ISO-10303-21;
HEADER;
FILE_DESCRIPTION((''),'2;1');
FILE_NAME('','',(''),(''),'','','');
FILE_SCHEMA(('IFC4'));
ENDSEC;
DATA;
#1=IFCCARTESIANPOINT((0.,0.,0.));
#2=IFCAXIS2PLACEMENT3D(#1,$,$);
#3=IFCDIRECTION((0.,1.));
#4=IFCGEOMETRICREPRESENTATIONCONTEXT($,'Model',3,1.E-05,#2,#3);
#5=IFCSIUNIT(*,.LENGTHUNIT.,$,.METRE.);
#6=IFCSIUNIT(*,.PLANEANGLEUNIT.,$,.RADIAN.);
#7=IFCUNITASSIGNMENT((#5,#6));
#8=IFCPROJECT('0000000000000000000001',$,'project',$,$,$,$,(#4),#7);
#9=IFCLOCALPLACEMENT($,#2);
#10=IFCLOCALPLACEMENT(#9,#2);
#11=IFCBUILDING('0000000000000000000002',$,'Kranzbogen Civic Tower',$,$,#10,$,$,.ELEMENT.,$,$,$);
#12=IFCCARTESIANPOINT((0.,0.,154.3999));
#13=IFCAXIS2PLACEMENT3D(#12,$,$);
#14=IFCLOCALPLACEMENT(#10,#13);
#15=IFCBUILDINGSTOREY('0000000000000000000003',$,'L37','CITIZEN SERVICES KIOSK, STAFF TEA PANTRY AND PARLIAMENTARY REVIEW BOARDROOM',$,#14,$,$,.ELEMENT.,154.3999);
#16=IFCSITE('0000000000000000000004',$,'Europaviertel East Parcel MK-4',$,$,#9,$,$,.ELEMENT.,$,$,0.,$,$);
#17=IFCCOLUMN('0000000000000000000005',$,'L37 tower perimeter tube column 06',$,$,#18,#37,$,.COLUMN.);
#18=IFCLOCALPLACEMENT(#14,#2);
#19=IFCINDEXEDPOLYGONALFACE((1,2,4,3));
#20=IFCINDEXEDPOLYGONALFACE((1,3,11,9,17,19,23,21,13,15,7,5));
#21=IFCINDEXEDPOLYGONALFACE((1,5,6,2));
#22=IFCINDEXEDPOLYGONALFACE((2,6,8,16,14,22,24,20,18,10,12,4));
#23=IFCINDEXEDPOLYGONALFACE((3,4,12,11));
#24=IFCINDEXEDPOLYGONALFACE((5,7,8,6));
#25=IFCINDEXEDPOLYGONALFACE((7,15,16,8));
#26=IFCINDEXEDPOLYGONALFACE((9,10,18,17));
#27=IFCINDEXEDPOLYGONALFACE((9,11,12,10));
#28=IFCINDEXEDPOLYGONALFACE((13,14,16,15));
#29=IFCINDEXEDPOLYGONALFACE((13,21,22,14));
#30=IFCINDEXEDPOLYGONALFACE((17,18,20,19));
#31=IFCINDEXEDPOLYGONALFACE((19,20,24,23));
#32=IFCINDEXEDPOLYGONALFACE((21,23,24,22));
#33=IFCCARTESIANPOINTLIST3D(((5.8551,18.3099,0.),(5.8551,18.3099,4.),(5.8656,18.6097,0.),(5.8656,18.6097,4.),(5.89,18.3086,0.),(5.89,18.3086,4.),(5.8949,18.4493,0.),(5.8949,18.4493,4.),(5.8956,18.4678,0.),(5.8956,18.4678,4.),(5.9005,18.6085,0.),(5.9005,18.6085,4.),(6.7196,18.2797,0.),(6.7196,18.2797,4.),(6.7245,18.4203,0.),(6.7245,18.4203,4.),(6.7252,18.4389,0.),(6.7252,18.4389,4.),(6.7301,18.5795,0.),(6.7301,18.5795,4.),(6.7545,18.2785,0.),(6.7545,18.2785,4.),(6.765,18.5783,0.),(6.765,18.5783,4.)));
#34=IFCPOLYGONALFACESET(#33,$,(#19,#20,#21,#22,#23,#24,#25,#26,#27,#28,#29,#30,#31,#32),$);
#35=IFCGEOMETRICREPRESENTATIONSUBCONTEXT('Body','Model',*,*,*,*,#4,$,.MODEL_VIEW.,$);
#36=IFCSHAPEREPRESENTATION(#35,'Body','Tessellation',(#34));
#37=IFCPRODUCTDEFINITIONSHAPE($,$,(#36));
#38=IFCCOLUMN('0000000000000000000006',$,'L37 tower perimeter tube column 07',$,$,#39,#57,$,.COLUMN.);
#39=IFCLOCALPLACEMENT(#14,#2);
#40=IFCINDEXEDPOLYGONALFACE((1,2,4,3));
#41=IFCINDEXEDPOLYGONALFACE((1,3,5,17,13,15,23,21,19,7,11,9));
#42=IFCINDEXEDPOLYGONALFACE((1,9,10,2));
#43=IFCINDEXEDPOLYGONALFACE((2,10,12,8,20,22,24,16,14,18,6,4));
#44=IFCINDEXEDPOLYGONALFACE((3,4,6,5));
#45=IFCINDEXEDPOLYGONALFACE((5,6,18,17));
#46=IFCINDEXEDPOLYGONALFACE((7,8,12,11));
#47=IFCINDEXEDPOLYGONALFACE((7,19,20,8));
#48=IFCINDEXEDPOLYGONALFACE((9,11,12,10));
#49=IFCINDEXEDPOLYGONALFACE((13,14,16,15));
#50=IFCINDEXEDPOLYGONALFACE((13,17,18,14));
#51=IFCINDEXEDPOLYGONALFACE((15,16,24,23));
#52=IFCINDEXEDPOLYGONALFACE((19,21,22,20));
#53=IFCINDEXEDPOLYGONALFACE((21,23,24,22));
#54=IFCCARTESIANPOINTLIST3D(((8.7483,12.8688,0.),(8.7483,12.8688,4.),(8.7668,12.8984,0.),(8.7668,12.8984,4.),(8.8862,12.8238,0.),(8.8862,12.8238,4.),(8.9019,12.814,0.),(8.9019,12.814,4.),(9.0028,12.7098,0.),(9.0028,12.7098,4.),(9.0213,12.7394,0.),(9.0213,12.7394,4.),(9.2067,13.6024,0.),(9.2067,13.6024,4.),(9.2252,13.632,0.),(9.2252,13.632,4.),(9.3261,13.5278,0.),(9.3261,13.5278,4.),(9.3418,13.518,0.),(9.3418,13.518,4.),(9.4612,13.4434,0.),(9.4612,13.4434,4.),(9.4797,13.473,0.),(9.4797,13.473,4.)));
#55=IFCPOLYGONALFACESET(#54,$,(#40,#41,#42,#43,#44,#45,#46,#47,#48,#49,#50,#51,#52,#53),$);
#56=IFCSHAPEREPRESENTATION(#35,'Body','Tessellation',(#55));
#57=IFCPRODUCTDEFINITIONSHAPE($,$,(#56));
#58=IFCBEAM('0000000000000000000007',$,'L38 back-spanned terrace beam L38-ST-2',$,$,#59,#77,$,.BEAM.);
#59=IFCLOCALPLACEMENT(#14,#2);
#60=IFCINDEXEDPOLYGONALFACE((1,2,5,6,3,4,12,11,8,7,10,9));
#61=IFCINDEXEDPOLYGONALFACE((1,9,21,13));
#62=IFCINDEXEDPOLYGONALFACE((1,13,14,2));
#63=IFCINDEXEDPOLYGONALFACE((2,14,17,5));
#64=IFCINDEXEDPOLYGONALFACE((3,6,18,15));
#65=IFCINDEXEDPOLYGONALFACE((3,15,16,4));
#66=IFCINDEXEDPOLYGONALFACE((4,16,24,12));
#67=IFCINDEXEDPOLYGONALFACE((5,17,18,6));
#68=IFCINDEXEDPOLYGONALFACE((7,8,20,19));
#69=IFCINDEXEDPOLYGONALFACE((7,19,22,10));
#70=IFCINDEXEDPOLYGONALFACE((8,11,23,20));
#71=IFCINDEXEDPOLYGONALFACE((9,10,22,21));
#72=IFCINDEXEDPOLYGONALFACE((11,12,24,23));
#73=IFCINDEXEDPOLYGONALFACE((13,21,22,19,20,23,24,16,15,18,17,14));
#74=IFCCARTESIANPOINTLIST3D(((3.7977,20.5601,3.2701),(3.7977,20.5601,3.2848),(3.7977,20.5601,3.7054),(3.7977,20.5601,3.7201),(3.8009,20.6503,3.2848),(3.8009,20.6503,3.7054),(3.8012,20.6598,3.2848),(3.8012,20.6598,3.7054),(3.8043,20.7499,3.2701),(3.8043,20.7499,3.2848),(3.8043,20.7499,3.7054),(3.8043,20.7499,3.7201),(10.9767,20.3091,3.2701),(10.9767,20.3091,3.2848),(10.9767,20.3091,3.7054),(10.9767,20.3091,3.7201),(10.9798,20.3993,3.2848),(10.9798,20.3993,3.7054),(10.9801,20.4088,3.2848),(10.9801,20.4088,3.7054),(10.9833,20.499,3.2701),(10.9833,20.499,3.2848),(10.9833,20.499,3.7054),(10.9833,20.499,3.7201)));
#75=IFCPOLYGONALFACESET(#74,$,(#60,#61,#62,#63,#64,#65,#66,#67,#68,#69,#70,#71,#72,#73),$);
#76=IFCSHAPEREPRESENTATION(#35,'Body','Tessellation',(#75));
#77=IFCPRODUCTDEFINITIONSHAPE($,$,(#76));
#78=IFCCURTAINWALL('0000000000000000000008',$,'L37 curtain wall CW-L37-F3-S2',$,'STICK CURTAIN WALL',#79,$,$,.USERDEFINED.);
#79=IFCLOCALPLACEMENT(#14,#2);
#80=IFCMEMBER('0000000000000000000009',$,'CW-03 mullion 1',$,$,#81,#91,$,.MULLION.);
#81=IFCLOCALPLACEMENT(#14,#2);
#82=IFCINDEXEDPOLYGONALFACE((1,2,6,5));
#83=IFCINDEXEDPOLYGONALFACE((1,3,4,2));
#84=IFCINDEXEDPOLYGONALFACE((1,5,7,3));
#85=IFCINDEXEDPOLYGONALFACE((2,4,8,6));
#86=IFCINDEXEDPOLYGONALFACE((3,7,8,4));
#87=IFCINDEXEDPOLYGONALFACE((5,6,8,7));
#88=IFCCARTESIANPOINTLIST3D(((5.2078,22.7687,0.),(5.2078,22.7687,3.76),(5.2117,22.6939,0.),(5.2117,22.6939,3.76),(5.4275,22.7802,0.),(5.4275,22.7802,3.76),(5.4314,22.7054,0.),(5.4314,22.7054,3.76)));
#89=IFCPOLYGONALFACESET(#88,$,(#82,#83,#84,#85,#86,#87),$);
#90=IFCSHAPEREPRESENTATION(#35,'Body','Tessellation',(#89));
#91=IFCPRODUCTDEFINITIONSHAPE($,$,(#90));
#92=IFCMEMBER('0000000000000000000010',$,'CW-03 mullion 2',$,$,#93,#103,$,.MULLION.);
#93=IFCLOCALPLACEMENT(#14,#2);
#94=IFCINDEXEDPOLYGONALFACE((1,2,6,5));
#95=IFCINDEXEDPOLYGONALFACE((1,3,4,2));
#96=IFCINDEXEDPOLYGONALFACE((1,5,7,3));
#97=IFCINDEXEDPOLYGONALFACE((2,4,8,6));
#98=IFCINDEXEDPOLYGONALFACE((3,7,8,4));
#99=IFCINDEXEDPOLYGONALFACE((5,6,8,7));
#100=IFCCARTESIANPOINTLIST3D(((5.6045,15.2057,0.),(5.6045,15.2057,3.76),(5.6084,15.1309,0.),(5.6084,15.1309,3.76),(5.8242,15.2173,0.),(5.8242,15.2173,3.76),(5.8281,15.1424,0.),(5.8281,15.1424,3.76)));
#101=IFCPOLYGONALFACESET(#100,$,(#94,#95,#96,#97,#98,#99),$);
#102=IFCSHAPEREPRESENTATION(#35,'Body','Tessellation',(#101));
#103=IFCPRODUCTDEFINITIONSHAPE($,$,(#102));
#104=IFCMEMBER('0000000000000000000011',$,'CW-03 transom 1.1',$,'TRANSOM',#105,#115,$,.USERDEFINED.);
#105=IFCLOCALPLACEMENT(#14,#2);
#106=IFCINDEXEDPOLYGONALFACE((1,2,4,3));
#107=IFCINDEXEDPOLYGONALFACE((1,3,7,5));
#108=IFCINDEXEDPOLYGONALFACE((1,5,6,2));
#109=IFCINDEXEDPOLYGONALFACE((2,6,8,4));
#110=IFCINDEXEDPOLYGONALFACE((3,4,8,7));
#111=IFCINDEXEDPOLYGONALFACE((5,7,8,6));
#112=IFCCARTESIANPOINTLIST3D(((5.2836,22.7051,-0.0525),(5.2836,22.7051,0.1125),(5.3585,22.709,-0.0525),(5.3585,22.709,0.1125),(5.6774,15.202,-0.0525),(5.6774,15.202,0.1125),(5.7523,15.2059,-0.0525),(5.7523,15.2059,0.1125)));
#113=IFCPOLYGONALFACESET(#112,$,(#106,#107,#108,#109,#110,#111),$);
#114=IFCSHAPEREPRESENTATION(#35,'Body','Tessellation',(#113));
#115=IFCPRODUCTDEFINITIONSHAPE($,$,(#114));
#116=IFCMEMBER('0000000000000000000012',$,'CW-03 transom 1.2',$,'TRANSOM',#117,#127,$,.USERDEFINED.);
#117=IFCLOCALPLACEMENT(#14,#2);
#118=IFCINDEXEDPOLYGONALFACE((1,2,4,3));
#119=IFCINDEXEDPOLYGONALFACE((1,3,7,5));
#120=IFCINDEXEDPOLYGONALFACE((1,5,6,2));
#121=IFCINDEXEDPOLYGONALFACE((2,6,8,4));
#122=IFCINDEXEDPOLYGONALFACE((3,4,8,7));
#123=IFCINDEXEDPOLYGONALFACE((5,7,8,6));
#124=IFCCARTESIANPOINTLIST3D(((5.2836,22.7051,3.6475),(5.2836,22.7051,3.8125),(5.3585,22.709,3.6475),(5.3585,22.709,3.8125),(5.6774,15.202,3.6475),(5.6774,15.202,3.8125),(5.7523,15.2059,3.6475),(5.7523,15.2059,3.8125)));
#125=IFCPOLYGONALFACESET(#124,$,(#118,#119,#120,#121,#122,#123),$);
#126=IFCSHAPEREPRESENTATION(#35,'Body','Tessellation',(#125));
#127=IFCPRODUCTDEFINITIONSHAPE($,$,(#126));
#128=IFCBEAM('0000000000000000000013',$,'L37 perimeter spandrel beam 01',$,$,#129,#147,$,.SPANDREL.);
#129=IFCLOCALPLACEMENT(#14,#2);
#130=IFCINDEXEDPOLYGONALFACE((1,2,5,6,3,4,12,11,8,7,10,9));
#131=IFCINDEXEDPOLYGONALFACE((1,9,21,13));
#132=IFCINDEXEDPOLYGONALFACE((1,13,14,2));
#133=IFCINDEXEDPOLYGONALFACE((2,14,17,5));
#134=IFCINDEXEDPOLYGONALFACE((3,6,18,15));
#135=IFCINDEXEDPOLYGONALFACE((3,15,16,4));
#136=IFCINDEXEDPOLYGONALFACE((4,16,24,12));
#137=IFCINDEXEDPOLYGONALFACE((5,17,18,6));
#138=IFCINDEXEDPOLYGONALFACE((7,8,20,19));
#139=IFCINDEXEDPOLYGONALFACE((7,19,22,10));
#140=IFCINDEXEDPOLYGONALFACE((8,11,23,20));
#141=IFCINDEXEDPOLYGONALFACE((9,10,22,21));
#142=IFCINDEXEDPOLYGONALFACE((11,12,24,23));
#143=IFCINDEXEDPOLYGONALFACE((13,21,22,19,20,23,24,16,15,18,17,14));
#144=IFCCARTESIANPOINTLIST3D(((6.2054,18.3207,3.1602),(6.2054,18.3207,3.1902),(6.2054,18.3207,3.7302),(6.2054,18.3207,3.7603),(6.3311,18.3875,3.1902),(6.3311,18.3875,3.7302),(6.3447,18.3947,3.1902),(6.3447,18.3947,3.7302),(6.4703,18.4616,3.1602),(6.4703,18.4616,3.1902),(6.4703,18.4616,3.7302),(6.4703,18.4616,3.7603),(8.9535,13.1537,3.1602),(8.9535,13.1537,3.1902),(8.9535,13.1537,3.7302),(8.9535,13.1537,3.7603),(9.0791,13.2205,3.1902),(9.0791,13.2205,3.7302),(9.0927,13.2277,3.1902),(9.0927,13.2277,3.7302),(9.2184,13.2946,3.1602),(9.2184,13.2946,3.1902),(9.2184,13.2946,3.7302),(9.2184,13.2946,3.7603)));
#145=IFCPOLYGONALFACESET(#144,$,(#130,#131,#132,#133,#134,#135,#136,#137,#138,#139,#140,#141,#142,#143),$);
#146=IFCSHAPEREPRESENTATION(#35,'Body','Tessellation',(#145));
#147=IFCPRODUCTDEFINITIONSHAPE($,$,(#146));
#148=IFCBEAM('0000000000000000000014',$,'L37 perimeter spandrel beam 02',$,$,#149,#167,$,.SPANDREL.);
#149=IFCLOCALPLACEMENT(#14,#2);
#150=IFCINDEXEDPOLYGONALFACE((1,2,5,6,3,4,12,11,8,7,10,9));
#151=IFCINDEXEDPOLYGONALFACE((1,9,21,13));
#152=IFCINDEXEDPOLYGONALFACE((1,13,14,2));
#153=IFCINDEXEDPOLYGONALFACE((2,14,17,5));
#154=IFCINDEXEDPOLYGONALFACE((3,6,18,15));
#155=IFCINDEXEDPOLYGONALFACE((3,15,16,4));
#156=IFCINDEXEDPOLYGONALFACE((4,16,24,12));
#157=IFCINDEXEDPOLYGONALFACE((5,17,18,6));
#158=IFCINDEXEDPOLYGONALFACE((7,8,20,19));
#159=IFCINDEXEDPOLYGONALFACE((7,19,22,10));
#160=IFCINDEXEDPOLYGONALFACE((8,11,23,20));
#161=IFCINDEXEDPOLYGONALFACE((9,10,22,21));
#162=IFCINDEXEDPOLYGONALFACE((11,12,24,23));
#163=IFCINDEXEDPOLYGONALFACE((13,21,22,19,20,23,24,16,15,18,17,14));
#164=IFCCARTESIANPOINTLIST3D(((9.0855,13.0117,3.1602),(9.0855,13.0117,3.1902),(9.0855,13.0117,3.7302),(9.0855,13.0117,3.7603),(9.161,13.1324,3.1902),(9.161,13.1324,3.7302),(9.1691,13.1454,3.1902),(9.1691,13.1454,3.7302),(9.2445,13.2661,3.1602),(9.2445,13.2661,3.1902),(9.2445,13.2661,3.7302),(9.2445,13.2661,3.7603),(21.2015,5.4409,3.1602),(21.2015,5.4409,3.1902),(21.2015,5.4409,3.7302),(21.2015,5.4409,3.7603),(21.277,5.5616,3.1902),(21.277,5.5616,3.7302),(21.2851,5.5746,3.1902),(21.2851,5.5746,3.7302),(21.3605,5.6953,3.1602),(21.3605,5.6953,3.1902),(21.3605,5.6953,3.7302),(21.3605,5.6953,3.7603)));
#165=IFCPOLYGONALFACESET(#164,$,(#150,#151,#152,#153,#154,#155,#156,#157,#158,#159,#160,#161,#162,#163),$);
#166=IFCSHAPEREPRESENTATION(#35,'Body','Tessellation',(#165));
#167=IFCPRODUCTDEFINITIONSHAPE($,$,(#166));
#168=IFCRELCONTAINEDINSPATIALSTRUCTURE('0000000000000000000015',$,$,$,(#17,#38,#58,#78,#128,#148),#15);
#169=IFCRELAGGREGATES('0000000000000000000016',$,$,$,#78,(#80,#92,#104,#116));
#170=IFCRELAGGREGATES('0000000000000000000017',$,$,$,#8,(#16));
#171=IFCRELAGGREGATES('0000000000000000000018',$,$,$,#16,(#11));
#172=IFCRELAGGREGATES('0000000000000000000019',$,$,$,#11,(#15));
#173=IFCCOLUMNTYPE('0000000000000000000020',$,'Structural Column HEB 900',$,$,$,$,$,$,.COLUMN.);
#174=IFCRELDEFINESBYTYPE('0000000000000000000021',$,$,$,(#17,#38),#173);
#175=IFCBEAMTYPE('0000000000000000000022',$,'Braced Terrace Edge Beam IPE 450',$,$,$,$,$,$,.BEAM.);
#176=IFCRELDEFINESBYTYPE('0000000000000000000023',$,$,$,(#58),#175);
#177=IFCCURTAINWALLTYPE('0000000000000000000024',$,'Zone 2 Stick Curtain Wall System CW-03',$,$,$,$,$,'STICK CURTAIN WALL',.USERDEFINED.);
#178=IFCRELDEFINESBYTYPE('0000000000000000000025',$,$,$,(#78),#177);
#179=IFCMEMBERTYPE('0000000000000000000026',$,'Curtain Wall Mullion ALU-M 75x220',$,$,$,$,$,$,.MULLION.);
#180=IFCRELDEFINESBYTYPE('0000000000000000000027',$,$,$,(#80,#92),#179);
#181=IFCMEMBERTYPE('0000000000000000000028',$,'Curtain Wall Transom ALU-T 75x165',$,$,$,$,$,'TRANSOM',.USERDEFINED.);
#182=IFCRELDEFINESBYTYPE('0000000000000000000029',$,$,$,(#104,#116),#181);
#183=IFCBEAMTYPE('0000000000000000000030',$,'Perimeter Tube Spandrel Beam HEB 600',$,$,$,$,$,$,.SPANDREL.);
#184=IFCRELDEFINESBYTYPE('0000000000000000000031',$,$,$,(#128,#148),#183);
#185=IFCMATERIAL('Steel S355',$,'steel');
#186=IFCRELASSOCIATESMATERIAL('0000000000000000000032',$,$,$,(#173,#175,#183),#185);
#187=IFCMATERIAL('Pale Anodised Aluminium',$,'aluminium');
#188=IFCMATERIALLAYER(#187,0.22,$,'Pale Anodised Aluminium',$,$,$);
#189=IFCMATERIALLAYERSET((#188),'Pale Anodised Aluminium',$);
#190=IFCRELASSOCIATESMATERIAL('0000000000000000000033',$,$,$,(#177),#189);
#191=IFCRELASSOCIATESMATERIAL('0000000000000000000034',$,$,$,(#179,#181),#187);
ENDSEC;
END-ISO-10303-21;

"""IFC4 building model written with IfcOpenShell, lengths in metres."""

from ifc_helpers import new_model, si_unit, direction, frame, origin, origin_2d, place, context, subcontext, project, spatial, rectangle, i_section, extrude, material, layer, layer_set, material_profile, profile_set, type_object, element, aggregate, save


model = new_model("IFC4")

# Units and contexts
model_context = context("Model", 3, precision=1e-05, world=origin(), true_north=direction((0.0, 1.0)))
body_context = subcontext(model_context, "Body", "Model", "MODEL_VIEW")
ifc_project = project(units=[si_unit("LENGTHUNIT", "METRE"), si_unit("PLANEANGLEUNIT", "RADIAN")], contexts=[model_context])

# Site, building, storey
site_placement = place(None, origin())
site = spatial("IfcSite", under=ifc_project, at=site_placement, Name="Europaviertel East Parcel MK-4", CompositionType="ELEMENT", RefElevation=0.0)
building_placement = place(site_placement, origin())
building = spatial("IfcBuilding", under=site, at=building_placement, Name="Kranzbogen Civic Tower", CompositionType="ELEMENT")
storey_placement = place(building_placement, frame((0.0, 0.0, 154.3999)))
storey = spatial("IfcBuildingStorey", under=building, at=storey_placement, Name="L37", Description="CITIZEN SERVICES KIOSK, STAFF TEA PANTRY AND PARLIAMENTARY REVIEW BOARDROOM", CompositionType="ELEMENT", Elevation=154.3999)

# Columns
ifc_material_1 = material(Name="Steel S355", Category="steel")
ifc_material_profile_1 = material_profile(ifc_material_1, i_section(OverallWidth=0.3, OverallDepth=0.8999, WebThickness=0.0186, FlangeThickness=0.0349, at=origin_2d()), Name="HEB 900")
ifc_profile_set_1 = profile_set([ifc_material_profile_1], Name="Steel S355")
column_type = type_object("IfcColumnType", Name="Structural Column HEB 900", PredefinedType="COLUMN", material=ifc_profile_set_1)
for number, where, z_axis, x_axis, name in (
    (1, (6.3101, 18.4441, 0.0), (0.0, 0.0, 1.0), (0.034899, 0.999391, 0.0), "L37 tower perimeter tube column 06"),
    (2, (9.114, 13.1709, 0.0), (0.0, 0.0, 1.0), (-0.848048, 0.529919, 0.0), "L37 tower perimeter tube column 07"),
):
    element("IfcColumn", number, at=place(storey_placement, frame(where, z_axis=z_axis, x_axis=x_axis)), inside=storey, type_object=column_type, Name=name, PredefinedType="COLUMN", context=body_context, shape_type="SweptSolid", body=[
        extrude(i_section(OverallWidth=0.3, OverallDepth=0.8999, WebThickness=0.0186, FlangeThickness=0.0349, at=origin_2d()), origin(), (0.0, 0.0, 1.0), 4.0),
    ])

# Beam
ifc_material_profile_2 = material_profile(ifc_material_1, i_section(OverallWidth=0.1899, OverallDepth=0.45, WebThickness=0.0095, FlangeThickness=0.0146, at=origin_2d()), Name="IPE 450")
ifc_profile_set_2 = profile_set([ifc_material_profile_2], Name="Steel S355")
beam_type_1 = type_object("IfcBeamType", Name="Braced Terrace Edge Beam IPE 450", PredefinedType="BEAM", material=ifc_profile_set_2)
beam_1_placement = place(storey_placement, frame((10.98, 20.4041, 3.4951), z_axis=(-0.999389, 0.034939, 0.0), x_axis=(-0.034939, -0.999389, 0.0)))
element("IfcBeam", 3, at=beam_1_placement, inside=storey, type_object=beam_type_1, Name="L38 back-spanned terrace beam L38-ST-2", PredefinedType="BEAM", context=body_context, shape_type="SweptSolid", body=[
    extrude(i_section(OverallWidth=0.1899, OverallDepth=0.45, WebThickness=0.0095, FlangeThickness=0.0146, at=origin_2d()), origin(), (0.0, 0.0, 1.0), 7.1833),
])

# Curtain wall, members
ifc_material_2 = material(Name="Pale Anodised Aluminium", Category="aluminium")
ifc_layer_1 = layer(ifc_material_2, 0.22, Name="Pale Anodised Aluminium")
ifc_layer_set_1 = layer_set([ifc_layer_1], Name="Pale Anodised Aluminium")
curtain_wall_type = type_object("IfcCurtainWallType", Name="Zone 2 Stick Curtain Wall System CW-03", ElementType="STICK CURTAIN WALL", PredefinedType="USERDEFINED", material=ifc_layer_set_1)
curtain_wall_placement = place(storey_placement, origin())
curtain_wall = element("IfcCurtainWall", 4, at=curtain_wall_placement, inside=storey, type_object=curtain_wall_type, Name="L37 curtain wall CW-L37-F3-S2", ObjectType="STICK CURTAIN WALL", PredefinedType="USERDEFINED")
ifc_material_profile_3 = material_profile(ifc_material_2, rectangle(XDim=0.075, YDim=0.22, at=origin_2d()), Name="ALU-M 75x220")
ifc_profile_set_3 = profile_set([ifc_material_profile_3], Name="Pale Anodised Aluminium")
member_type_1 = type_object("IfcMemberType", Name="Curtain Wall Mullion ALU-M 75x220", PredefinedType="MULLION", material=ifc_profile_set_3)
member_1_placement = place(storey_placement, frame((5.3196, 22.7371, 0.0), z_axis=(0.0, 0.0, 1.0), x_axis=(0.052401, -0.998626, 0.0)))
member_1 = element("IfcMember", 5, at=member_1_placement, type_object=member_type_1, Name="CW-03 mullion 1", PredefinedType="MULLION", context=body_context, shape_type="SweptSolid", body=[
    extrude(rectangle(XDim=0.075, YDim=0.22, at=origin_2d()), origin(), (0.0, 0.0, 1.0), 3.76),
])
member_2_placement = place(storey_placement, frame((5.7163, 15.1741, 0.0), z_axis=(0.0, 0.0, 1.0), x_axis=(0.052401, -0.998626, 0.0)))
member_2 = element("IfcMember", 6, at=member_2_placement, type_object=member_type_1, Name="CW-03 mullion 2", PredefinedType="MULLION", context=body_context, shape_type="SweptSolid", body=[
    extrude(rectangle(XDim=0.075, YDim=0.22, at=origin_2d()), origin(), (0.0, 0.0, 1.0), 3.76),
])
ifc_material_profile_4 = material_profile(ifc_material_2, rectangle(XDim=0.075, YDim=0.165, at=origin_2d()), Name="ALU-T 75x165")
ifc_profile_set_4 = profile_set([ifc_material_profile_4], Name="Pale Anodised Aluminium")
member_type_2 = type_object("IfcMemberType", Name="Curtain Wall Transom ALU-T 75x165", ElementType="TRANSOM", PredefinedType="USERDEFINED", material=ifc_profile_set_4)
member_3_placement = place(storey_placement, frame((5.321, 22.707, 0.03), z_axis=(0.052412, -0.998626, 0.0), x_axis=(0.998626, 0.052412, 0.0)))
member_3 = element("IfcMember", 7, at=member_3_placement, type_object=member_type_2, Name="CW-03 transom 1.1", ObjectType="TRANSOM", PredefinedType="USERDEFINED", context=body_context, shape_type="SweptSolid", body=[
    extrude(rectangle(XDim=0.075, YDim=0.165, at=origin_2d()), origin(), (0.0, 0.0, 1.0), 7.5134),
])
member_4_placement = place(storey_placement, frame((5.321, 22.707, 3.73), z_axis=(0.052412, -0.998626, 0.0), x_axis=(0.998626, 0.052412, 0.0)))
member_4 = element("IfcMember", 8, at=member_4_placement, type_object=member_type_2, Name="CW-03 transom 1.2", ObjectType="TRANSOM", PredefinedType="USERDEFINED", context=body_context, shape_type="SweptSolid", body=[
    extrude(rectangle(XDim=0.075, YDim=0.165, at=origin_2d()), origin(), (0.0, 0.0, 1.0), 7.5134),
])

# Beams
ifc_material_profile_5 = material_profile(ifc_material_1, i_section(OverallWidth=0.3, OverallDepth=0.6001, WebThickness=0.0154, FlangeThickness=0.03, at=origin_2d()), Name="HEB 600")
ifc_profile_set_5 = profile_set([ifc_material_profile_5], Name="Steel S355")
beam_type_2 = type_object("IfcBeamType", Name="Perimeter Tube Spandrel Beam HEB 600", PredefinedType="SPANDREL", material=ifc_profile_set_5)
beam_2_placement = place(storey_placement, frame((6.3379, 18.3911, 3.4602), z_axis=(0.469566, -0.882897, 0.0), x_axis=(0.882897, 0.469566, 0.0)))
element("IfcBeam", 9, at=beam_2_placement, inside=storey, type_object=beam_type_2, Name="L37 perimeter spandrel beam 01", PredefinedType="SPANDREL", context=body_context, shape_type="SweptSolid", body=[
    extrude(i_section(OverallWidth=0.3, OverallDepth=0.6001, WebThickness=0.0154, FlangeThickness=0.03, at=origin_2d()), origin(), (0.0, 0.0, 1.0), 5.8523),
])
beam_3_placement = place(storey_placement, frame((9.165, 13.1389, 3.4602), z_axis=(0.848051, -0.529914, 0.0), x_axis=(0.529914, 0.848051, 0.0)))
element("IfcBeam", 10, at=beam_3_placement, inside=storey, type_object=beam_type_2, Name="L37 perimeter spandrel beam 02", PredefinedType="SPANDREL", context=body_context, shape_type="SweptSolid", body=[
    extrude(i_section(OverallWidth=0.3, OverallDepth=0.6001, WebThickness=0.0154, FlangeThickness=0.03, at=origin_2d()), origin(), (0.0, 0.0, 1.0), 14.2869),
])

aggregate(curtain_wall, [member_1, member_2, member_3, member_4])

save(model, "model.ifc")
